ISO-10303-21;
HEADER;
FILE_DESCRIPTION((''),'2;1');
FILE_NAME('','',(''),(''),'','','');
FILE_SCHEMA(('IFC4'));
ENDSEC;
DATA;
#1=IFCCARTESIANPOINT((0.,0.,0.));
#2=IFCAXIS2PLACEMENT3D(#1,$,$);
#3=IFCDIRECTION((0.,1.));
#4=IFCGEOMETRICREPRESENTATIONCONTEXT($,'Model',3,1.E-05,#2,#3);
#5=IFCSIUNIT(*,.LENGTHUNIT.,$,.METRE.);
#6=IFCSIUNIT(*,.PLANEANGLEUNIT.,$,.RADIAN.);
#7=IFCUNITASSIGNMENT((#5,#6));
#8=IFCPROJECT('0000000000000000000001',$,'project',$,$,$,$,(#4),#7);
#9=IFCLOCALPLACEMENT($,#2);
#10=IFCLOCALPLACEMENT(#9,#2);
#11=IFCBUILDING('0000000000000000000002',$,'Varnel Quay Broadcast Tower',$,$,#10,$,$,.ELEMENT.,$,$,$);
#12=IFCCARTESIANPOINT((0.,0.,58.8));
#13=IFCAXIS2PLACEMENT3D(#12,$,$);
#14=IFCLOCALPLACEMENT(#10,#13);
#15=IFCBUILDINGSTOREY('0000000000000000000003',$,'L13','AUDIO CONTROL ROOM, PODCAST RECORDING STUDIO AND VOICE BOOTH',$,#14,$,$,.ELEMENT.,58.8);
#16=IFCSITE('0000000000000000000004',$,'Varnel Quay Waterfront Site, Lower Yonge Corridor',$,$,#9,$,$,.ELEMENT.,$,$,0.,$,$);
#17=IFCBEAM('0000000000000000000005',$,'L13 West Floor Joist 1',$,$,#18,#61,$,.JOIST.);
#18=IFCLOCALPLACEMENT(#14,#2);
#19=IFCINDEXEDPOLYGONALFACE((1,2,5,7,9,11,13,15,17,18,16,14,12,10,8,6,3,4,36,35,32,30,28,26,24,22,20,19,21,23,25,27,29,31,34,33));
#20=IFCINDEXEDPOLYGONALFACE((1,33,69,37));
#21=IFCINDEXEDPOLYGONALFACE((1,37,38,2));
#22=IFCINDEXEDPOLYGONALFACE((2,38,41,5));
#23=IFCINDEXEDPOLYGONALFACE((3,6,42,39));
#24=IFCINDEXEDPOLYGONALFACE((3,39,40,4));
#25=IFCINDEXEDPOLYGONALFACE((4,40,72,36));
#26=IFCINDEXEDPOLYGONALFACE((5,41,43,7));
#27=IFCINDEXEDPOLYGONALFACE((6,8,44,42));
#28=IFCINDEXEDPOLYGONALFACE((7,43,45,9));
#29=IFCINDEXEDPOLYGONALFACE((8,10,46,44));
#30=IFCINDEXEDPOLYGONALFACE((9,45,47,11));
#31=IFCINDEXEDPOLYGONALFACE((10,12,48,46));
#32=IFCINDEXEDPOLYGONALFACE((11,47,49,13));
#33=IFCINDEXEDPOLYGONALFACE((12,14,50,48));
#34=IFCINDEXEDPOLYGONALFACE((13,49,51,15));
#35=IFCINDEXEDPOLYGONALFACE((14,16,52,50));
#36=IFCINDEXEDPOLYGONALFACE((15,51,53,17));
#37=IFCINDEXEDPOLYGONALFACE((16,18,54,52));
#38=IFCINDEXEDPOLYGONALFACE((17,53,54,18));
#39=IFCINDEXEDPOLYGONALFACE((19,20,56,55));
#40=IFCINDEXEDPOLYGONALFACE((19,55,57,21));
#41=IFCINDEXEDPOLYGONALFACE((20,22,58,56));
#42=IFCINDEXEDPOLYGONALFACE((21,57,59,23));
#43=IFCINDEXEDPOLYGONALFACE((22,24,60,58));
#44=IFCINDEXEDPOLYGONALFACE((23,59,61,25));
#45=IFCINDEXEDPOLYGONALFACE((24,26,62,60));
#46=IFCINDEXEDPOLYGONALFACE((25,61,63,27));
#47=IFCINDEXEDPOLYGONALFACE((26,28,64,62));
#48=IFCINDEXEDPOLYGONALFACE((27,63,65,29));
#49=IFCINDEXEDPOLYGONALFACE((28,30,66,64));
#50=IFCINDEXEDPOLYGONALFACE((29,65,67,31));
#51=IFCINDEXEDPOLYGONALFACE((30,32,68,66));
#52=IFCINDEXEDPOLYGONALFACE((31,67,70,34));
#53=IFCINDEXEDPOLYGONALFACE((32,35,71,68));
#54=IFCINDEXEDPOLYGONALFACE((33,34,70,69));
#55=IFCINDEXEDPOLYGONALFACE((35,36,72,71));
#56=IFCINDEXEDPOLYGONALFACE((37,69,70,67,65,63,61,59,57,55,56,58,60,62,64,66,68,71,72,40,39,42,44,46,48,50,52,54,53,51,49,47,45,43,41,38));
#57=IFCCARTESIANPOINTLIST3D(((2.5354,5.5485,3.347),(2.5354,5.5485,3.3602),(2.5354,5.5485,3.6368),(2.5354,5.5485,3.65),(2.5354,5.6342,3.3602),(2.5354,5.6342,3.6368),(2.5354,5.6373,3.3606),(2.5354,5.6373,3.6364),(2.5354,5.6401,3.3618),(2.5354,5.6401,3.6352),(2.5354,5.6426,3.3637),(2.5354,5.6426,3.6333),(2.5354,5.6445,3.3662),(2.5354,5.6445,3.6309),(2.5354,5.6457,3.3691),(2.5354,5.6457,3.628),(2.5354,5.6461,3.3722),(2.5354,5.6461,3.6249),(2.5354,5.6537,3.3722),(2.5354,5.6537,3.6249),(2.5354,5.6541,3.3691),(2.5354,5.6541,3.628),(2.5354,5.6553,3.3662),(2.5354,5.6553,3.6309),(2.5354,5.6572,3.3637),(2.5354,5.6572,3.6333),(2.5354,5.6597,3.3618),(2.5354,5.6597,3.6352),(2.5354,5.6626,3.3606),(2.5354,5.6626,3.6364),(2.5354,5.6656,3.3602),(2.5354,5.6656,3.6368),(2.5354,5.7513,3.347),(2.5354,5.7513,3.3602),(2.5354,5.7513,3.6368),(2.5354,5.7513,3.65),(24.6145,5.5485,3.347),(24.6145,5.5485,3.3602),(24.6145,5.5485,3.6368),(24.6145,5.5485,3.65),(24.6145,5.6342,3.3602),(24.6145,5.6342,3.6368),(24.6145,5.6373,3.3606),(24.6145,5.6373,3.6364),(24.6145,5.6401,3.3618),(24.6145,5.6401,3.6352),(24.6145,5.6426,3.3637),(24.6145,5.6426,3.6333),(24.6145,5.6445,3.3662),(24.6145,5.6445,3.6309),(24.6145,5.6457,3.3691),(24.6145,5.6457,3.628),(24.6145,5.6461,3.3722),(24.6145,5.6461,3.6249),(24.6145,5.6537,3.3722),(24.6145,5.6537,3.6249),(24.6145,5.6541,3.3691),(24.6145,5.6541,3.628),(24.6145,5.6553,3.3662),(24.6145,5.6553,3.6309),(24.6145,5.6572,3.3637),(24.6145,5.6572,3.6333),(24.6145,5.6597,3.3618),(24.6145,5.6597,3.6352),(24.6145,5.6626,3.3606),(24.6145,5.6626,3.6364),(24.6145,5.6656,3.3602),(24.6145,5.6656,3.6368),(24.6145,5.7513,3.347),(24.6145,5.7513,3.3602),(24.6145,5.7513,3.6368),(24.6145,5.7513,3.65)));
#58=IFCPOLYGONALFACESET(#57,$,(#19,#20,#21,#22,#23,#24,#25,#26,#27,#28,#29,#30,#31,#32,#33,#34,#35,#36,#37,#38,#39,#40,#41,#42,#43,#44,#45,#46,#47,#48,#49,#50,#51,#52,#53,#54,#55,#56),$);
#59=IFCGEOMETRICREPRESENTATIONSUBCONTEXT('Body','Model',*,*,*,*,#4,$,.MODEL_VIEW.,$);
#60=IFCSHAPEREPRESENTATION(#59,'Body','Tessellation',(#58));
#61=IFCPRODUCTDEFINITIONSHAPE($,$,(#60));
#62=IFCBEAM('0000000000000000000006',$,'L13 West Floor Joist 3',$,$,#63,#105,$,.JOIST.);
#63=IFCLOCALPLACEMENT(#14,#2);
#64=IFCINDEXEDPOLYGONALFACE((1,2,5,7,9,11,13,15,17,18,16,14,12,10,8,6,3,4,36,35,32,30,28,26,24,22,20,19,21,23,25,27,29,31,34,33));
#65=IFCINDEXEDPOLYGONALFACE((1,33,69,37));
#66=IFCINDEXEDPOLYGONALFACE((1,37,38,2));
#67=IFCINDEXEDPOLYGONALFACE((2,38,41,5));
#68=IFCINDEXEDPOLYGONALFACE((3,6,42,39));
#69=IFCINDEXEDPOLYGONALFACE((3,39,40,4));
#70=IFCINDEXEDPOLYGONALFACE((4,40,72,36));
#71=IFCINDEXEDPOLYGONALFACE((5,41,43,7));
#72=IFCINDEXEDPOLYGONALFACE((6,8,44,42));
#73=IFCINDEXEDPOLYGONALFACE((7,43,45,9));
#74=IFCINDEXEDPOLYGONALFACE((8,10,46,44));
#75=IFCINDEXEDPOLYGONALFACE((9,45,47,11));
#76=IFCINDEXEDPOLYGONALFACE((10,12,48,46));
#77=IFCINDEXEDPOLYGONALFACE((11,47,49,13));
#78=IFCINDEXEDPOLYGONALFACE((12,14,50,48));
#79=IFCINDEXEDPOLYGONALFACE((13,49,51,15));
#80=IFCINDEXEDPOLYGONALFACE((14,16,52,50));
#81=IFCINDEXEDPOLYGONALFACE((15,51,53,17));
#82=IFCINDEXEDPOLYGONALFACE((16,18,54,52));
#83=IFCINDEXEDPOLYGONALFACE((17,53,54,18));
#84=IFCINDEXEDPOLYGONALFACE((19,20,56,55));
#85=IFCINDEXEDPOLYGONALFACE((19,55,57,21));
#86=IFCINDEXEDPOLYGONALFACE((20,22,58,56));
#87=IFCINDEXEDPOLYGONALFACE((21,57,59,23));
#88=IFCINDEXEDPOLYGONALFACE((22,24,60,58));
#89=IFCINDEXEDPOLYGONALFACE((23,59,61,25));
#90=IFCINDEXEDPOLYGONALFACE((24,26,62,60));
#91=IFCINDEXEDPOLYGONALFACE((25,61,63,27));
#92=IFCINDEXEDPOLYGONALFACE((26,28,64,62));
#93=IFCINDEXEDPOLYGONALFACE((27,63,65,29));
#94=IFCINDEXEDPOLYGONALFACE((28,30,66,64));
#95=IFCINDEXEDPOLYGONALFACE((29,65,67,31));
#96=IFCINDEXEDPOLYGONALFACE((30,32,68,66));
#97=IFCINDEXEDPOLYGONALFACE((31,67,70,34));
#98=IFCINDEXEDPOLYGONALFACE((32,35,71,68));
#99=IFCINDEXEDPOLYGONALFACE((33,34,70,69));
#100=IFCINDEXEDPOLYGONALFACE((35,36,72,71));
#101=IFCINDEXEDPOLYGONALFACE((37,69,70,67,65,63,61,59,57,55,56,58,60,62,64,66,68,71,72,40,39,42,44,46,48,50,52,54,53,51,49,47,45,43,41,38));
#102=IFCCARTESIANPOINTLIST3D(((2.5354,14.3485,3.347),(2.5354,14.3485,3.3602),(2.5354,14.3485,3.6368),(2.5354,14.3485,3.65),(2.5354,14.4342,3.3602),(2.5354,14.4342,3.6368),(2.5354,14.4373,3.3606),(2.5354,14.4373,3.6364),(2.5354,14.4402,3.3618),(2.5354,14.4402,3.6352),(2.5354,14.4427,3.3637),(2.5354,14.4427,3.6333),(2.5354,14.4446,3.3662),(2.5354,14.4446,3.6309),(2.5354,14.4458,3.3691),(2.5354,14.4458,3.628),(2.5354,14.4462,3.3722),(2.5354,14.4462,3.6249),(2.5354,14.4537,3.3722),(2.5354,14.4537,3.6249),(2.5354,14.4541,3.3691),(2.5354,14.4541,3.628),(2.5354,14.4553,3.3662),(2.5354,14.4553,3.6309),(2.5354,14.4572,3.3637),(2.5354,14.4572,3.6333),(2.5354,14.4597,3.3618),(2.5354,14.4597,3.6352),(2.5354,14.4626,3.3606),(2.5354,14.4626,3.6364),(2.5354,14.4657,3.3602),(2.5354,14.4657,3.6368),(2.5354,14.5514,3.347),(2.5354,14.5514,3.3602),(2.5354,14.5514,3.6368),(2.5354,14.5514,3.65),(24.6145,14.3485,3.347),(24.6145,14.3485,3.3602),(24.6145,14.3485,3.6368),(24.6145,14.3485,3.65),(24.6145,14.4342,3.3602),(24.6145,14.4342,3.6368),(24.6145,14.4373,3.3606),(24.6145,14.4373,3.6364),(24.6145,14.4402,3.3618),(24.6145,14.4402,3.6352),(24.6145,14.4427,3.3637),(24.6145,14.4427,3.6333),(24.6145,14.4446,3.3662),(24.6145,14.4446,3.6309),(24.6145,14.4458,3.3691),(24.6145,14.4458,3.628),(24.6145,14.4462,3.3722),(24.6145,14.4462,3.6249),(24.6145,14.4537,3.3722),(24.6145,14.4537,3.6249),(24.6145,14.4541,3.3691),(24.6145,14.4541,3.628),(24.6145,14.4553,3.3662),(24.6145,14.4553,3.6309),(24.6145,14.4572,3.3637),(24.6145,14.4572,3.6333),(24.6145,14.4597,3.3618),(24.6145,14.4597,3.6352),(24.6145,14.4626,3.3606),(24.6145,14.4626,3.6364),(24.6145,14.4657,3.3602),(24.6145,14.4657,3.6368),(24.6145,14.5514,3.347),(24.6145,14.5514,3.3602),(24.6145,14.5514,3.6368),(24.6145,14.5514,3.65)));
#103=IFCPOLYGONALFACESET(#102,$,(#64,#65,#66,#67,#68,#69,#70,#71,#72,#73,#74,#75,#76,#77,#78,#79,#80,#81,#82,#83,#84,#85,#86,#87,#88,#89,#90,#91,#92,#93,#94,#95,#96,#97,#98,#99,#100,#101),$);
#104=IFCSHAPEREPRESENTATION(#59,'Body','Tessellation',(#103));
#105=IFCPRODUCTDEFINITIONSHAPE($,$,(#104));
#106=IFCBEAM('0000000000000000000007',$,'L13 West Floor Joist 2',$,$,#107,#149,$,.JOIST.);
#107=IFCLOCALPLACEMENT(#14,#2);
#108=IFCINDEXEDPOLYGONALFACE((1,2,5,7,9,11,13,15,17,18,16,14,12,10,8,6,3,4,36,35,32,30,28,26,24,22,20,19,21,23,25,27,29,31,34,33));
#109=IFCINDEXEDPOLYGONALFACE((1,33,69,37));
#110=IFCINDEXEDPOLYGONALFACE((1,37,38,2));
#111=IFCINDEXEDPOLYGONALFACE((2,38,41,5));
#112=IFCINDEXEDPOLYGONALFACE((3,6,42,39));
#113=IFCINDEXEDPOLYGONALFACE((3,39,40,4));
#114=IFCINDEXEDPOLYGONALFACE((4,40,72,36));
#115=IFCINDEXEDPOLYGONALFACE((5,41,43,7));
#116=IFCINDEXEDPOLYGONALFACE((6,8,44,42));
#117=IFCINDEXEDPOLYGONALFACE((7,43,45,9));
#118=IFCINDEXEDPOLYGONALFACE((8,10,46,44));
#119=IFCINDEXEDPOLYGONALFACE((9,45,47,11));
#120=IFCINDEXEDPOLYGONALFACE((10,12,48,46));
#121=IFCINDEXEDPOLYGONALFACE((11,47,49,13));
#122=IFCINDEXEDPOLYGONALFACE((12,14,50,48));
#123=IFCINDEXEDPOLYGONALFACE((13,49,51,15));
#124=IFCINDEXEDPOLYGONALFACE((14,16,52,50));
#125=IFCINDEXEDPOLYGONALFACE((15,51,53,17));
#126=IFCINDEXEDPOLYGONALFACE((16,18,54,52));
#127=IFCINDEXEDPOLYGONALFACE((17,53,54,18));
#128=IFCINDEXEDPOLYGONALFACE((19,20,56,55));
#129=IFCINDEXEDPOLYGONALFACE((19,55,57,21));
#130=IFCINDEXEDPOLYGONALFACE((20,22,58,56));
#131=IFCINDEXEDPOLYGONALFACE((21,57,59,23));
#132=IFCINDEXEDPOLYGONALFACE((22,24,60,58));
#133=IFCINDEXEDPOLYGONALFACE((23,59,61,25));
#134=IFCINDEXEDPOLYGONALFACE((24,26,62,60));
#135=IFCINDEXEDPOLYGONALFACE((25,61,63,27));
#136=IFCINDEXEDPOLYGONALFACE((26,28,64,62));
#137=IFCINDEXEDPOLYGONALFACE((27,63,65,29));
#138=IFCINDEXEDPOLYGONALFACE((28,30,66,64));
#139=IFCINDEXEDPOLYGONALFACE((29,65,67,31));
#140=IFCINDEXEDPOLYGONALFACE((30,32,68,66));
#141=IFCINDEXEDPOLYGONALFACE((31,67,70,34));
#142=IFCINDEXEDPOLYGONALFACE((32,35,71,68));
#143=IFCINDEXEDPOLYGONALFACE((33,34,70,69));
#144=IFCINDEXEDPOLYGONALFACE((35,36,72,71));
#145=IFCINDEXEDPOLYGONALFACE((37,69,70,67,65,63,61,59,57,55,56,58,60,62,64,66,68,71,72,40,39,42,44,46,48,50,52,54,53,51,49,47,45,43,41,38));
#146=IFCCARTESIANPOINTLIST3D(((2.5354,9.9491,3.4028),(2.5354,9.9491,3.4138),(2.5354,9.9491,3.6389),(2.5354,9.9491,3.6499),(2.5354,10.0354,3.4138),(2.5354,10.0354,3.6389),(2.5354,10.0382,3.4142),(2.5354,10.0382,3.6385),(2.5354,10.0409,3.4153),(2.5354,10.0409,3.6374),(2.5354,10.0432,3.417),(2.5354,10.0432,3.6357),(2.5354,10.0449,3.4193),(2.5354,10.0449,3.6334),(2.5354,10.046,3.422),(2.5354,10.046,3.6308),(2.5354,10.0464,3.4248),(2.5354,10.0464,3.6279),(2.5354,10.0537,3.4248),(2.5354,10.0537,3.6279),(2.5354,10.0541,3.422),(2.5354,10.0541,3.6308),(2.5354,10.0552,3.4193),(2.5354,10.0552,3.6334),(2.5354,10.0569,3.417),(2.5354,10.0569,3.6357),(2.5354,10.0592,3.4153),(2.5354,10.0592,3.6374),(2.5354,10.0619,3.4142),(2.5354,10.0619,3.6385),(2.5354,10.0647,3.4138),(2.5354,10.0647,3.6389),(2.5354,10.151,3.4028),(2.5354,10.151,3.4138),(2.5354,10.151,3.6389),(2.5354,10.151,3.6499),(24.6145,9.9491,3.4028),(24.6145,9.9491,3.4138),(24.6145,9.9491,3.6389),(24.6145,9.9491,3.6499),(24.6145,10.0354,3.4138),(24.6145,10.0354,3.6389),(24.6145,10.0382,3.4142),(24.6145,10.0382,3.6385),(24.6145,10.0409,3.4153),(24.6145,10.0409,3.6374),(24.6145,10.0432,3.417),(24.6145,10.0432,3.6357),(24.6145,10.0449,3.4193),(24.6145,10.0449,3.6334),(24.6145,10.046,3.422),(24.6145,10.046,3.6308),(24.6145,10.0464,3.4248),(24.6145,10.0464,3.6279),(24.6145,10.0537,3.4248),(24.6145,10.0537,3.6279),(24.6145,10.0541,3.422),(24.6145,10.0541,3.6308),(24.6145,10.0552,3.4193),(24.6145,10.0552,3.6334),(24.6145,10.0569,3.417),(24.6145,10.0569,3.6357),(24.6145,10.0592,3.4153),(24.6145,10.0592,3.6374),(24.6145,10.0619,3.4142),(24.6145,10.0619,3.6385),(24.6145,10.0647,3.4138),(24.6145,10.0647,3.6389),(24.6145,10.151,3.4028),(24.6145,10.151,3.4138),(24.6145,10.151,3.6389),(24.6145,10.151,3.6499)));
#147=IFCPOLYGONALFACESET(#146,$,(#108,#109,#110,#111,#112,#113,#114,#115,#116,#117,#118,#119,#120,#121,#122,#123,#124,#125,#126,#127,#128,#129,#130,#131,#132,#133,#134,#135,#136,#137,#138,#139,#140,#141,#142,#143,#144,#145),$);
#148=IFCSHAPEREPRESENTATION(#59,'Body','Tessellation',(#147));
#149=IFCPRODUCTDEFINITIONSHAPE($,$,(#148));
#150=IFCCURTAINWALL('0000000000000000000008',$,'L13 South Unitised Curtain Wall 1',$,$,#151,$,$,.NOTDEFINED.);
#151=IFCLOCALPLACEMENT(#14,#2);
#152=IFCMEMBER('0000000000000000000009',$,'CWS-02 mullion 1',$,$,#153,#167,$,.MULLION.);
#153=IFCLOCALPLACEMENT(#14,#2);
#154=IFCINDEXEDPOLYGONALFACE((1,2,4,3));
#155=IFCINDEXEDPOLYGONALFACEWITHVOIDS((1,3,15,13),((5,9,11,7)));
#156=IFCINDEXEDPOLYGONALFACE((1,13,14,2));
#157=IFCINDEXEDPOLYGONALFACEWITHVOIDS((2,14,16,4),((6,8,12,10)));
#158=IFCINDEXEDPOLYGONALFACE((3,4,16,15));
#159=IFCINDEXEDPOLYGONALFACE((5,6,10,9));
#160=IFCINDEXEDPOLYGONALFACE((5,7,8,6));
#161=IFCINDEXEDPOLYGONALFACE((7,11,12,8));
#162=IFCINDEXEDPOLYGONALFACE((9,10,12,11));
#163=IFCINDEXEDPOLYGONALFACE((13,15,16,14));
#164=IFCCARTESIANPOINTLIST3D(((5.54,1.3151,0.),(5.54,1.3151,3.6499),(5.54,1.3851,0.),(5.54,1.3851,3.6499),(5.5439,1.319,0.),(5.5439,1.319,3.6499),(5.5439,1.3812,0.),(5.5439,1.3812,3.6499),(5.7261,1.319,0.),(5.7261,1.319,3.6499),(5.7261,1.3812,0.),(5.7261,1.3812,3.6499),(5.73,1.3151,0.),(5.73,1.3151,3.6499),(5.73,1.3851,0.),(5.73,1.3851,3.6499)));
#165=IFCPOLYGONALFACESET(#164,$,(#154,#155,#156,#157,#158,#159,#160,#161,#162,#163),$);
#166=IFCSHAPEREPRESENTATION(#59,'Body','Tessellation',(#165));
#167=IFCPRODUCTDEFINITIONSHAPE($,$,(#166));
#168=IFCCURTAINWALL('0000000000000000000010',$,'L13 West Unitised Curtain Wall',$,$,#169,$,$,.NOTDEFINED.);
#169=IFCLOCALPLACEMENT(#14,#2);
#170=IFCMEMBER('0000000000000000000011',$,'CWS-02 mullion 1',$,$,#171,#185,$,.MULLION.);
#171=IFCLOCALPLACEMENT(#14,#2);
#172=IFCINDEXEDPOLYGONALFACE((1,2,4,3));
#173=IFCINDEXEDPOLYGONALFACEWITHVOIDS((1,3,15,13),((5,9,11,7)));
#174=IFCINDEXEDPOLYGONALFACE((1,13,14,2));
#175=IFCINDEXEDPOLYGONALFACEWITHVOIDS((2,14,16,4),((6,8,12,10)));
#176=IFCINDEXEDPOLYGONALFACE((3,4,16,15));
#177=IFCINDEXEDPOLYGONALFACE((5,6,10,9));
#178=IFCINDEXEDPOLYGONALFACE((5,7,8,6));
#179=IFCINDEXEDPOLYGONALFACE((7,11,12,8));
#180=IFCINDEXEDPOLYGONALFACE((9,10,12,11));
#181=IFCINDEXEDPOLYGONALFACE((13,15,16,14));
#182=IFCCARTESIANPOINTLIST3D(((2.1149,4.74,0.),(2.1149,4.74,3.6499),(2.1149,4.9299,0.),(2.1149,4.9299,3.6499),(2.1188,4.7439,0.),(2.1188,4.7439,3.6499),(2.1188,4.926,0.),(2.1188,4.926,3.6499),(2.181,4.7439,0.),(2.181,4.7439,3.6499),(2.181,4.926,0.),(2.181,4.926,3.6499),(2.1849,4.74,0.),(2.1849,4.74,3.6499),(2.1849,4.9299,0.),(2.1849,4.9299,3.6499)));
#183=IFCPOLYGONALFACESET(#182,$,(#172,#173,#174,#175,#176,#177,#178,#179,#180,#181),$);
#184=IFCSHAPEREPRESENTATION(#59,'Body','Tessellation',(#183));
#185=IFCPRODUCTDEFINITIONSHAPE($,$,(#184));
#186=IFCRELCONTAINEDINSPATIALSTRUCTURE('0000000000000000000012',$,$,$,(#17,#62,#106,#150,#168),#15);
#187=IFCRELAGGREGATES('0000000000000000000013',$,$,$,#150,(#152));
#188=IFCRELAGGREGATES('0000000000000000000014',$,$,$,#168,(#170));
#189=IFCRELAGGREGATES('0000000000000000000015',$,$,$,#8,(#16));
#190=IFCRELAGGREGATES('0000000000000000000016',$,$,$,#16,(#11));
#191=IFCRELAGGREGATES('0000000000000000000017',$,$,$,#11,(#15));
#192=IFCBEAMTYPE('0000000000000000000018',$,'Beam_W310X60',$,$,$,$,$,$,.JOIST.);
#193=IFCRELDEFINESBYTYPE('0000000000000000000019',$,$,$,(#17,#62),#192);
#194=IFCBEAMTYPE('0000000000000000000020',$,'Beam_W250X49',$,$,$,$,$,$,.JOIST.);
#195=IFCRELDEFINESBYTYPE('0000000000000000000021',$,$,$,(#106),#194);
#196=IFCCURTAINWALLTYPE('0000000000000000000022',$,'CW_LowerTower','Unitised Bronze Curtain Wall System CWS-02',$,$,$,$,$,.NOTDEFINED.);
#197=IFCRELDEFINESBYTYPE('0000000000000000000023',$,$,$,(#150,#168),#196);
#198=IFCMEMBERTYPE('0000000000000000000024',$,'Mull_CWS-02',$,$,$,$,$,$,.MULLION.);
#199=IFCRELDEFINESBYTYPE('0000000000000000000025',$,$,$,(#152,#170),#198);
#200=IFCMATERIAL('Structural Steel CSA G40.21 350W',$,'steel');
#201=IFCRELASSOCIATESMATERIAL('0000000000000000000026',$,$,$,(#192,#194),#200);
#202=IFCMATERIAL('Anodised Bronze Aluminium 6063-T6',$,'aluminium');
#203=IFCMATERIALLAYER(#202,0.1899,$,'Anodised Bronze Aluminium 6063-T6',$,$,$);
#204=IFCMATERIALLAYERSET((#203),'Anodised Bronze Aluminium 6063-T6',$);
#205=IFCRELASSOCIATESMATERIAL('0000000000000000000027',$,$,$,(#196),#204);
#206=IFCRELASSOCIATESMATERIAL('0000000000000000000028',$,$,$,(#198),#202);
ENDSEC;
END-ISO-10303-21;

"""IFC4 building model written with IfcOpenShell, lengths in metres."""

from ifc_helpers import new_model, si_unit, direction, frame, origin, origin_2d, place, context, subcontext, project, spatial, hollow_rectangle, i_section, extrude, source, transform, mapped, material, layer, layer_set, material_profile, profile_set, type_object, type_shapes, element, aggregate, save


model = new_model("IFC4")

# Units and contexts
model_context = context("Model", 3, precision=1e-05, world=origin(), true_north=direction((0.0, 1.0)))
body_context = subcontext(model_context, "Body", "Model", "MODEL_VIEW")
ifc_project = project(units=[si_unit("LENGTHUNIT", "METRE"), si_unit("PLANEANGLEUNIT", "RADIAN")], contexts=[model_context])

# Site, building, storey
site_placement = place(None, origin())
site = spatial("IfcSite", under=ifc_project, at=site_placement, Name="Varnel Quay Waterfront Site, Lower Yonge Corridor", CompositionType="ELEMENT", RefElevation=0.0)
building_placement = place(site_placement, origin())
building = spatial("IfcBuilding", under=site, at=building_placement, Name="Varnel Quay Broadcast Tower", CompositionType="ELEMENT")
storey_placement = place(building_placement, frame((0.0, 0.0, 58.8)))
storey = spatial("IfcBuildingStorey", under=building, at=storey_placement, Name="L13", Description="AUDIO CONTROL ROOM, PODCAST RECORDING STUDIO AND VOICE BOOTH", CompositionType="ELEMENT", Elevation=58.8)

# Shared definitions
ifc_material_1 = material(Name="Structural Steel CSA G40.21 350W", Category="steel")

# Beams
ifc_material_profile_1 = material_profile(ifc_material_1, i_section(OverallWidth=0.2029, OverallDepth=0.303, WebThickness=0.0076, FlangeThickness=0.0132, FilletRadius=0.012, at=origin_2d()), Name="W310X60")
ifc_profile_set_1 = profile_set([ifc_material_profile_1], Name="Structural Steel CSA G40.21 350W")
beam_type_1 = type_object("IfcBeamType", Name="Beam_W310X60", PredefinedType="JOIST", material=ifc_profile_set_1)
shared_shape_1 = source(origin(), body_context, "Body", "SweptSolid", [
    extrude(i_section(OverallWidth=0.2029, OverallDepth=0.303, WebThickness=0.0076, FlangeThickness=0.0132, FilletRadius=0.012, at=origin_2d()), origin(), (0.0, 0.0, 1.0), 22.0791),
])
type_shapes(beam_type_1, [shared_shape_1])
for number, where, z_axis, x_axis, name in (
    (1, (2.5354, 5.6499, 3.4985), (1.0, 0.0, 0.0), (0.0, 1.0, 0.0), "L13 West Floor Joist 1"),
    (2, (2.5354, 14.45, 3.4985), (1.0, 0.0, 0.0), (0.0, 1.0, 0.0), "L13 West Floor Joist 3"),
):
    element("IfcBeam", number, at=place(storey_placement, frame(where, z_axis=z_axis, x_axis=x_axis)), inside=storey, type_object=beam_type_1, Name=name, PredefinedType="JOIST", context=body_context, shape_type="MappedRepresentation", body=[
        mapped(shared_shape_1, transform((0.0, 0.0, 0.0), x_axis=(1.0, 0.0, 0.0), y_axis=(0.0, 1.0, 0.0), z_axis=(0.0, 0.0, 1.0), scale=1.0)),
    ])
ifc_material_profile_2 = material_profile(ifc_material_1, i_section(OverallWidth=0.2019, OverallDepth=0.2471, WebThickness=0.0073, FlangeThickness=0.011, FilletRadius=0.011, at=origin_2d()), Name="W250X49")
ifc_profile_set_2 = profile_set([ifc_material_profile_2], Name="Structural Steel CSA G40.21 350W")
beam_type_2 = type_object("IfcBeamType", Name="Beam_W250X49", PredefinedType="JOIST", material=ifc_profile_set_2)
shared_shape_2 = source(origin(), body_context, "Body", "SweptSolid", [
    extrude(i_section(OverallWidth=0.2019, OverallDepth=0.2471, WebThickness=0.0073, FlangeThickness=0.011, FilletRadius=0.011, at=origin_2d()), origin(), (0.0, 0.0, 1.0), 22.0791),
])
type_shapes(beam_type_2, [shared_shape_2])
beam_1_placement = place(storey_placement, frame((2.5354, 10.05, 3.5264), z_axis=(1.0, 0.0, 0.0), x_axis=(0.0, 1.0, 0.0)))
element("IfcBeam", 3, at=beam_1_placement, inside=storey, type_object=beam_type_2, Name="L13 West Floor Joist 2", PredefinedType="JOIST", context=body_context, shape_type="MappedRepresentation", body=[
    mapped(shared_shape_2, transform((0.0, 0.0, 0.0), x_axis=(1.0, 0.0, 0.0), y_axis=(0.0, 1.0, 0.0), z_axis=(0.0, 0.0, 1.0), scale=1.0)),
])

# Curtain wall, member
ifc_material_2 = material(Name="Anodised Bronze Aluminium 6063-T6", Category="aluminium")
ifc_layer_1 = layer(ifc_material_2, 0.1899, Name="Anodised Bronze Aluminium 6063-T6")
ifc_layer_set_1 = layer_set([ifc_layer_1], Name="Anodised Bronze Aluminium 6063-T6")
curtain_wall_type_1 = type_object("IfcCurtainWallType", Name="CW_LowerTower", Description="Unitised Bronze Curtain Wall System CWS-02", PredefinedType="NOTDEFINED", material=ifc_layer_set_1)
curtain_wall_1_placement = place(storey_placement, origin())
curtain_wall_1 = element("IfcCurtainWall", 4, at=curtain_wall_1_placement, inside=storey, type_object=curtain_wall_type_1, Name="L13 South Unitised Curtain Wall 1", PredefinedType="NOTDEFINED")
ifc_material_profile_3 = material_profile(ifc_material_2, hollow_rectangle(XDim=0.0701, YDim=0.1899, WallThickness=0.0039, at=origin_2d()), Name="ALU70X190X4")
ifc_profile_set_3 = profile_set([ifc_material_profile_3], Name="Anodised Bronze Aluminium 6063-T6")
member_type_1 = type_object("IfcMemberType", Name="Mull_CWS-02", PredefinedType="MULLION", material=ifc_profile_set_3)
shared_shape_3 = source(origin(), body_context, "Body", "SweptSolid", [
    extrude(hollow_rectangle(XDim=0.0701, YDim=0.1899, WallThickness=0.0039, at=origin_2d()), origin(), (0.0, 0.0, 1.0), 3.6499),
])
type_shapes(member_type_1, [shared_shape_3])
member_1_placement = place(storey_placement, frame((5.635, 1.3501, 0.0), z_axis=(0.0, 0.0, 1.0), x_axis=(0.0, 1.0, 0.0)))
member_1 = element("IfcMember", 5, at=member_1_placement, type_object=member_type_1, Name="CWS-02 mullion 1", PredefinedType="MULLION", context=body_context, shape_type="MappedRepresentation", body=[
    mapped(shared_shape_3, transform((0.0, 0.0, 0.0), x_axis=(1.0, 0.0, 0.0), y_axis=(0.0, 1.0, 0.0), z_axis=(0.0, 0.0, 1.0), scale=1.0)),
])
aggregate(curtain_wall_1, [member_1])

# Curtain wall, member
curtain_wall_2_placement = place(storey_placement, origin())
curtain_wall_2 = element("IfcCurtainWall", 6, at=curtain_wall_2_placement, inside=storey, type_object=curtain_wall_type_1, Name="L13 West Unitised Curtain Wall", PredefinedType="NOTDEFINED")
member_2_placement = place(storey_placement, frame((2.1499, 4.835, 0.0), z_axis=(0.0, 0.0, 1.0), x_axis=(-1.0, 0.0, 0.0)))
member_2 = element("IfcMember", 7, at=member_2_placement, type_object=member_type_1, Name="CWS-02 mullion 1", PredefinedType="MULLION", context=body_context, shape_type="MappedRepresentation", body=[
    mapped(shared_shape_3, transform((0.0, 0.0, 0.0), x_axis=(1.0, 0.0, 0.0), y_axis=(0.0, 1.0, 0.0), z_axis=(0.0, 0.0, 1.0), scale=1.0)),
])

aggregate(curtain_wall_2, [member_2])

save(model, "model.ifc")
